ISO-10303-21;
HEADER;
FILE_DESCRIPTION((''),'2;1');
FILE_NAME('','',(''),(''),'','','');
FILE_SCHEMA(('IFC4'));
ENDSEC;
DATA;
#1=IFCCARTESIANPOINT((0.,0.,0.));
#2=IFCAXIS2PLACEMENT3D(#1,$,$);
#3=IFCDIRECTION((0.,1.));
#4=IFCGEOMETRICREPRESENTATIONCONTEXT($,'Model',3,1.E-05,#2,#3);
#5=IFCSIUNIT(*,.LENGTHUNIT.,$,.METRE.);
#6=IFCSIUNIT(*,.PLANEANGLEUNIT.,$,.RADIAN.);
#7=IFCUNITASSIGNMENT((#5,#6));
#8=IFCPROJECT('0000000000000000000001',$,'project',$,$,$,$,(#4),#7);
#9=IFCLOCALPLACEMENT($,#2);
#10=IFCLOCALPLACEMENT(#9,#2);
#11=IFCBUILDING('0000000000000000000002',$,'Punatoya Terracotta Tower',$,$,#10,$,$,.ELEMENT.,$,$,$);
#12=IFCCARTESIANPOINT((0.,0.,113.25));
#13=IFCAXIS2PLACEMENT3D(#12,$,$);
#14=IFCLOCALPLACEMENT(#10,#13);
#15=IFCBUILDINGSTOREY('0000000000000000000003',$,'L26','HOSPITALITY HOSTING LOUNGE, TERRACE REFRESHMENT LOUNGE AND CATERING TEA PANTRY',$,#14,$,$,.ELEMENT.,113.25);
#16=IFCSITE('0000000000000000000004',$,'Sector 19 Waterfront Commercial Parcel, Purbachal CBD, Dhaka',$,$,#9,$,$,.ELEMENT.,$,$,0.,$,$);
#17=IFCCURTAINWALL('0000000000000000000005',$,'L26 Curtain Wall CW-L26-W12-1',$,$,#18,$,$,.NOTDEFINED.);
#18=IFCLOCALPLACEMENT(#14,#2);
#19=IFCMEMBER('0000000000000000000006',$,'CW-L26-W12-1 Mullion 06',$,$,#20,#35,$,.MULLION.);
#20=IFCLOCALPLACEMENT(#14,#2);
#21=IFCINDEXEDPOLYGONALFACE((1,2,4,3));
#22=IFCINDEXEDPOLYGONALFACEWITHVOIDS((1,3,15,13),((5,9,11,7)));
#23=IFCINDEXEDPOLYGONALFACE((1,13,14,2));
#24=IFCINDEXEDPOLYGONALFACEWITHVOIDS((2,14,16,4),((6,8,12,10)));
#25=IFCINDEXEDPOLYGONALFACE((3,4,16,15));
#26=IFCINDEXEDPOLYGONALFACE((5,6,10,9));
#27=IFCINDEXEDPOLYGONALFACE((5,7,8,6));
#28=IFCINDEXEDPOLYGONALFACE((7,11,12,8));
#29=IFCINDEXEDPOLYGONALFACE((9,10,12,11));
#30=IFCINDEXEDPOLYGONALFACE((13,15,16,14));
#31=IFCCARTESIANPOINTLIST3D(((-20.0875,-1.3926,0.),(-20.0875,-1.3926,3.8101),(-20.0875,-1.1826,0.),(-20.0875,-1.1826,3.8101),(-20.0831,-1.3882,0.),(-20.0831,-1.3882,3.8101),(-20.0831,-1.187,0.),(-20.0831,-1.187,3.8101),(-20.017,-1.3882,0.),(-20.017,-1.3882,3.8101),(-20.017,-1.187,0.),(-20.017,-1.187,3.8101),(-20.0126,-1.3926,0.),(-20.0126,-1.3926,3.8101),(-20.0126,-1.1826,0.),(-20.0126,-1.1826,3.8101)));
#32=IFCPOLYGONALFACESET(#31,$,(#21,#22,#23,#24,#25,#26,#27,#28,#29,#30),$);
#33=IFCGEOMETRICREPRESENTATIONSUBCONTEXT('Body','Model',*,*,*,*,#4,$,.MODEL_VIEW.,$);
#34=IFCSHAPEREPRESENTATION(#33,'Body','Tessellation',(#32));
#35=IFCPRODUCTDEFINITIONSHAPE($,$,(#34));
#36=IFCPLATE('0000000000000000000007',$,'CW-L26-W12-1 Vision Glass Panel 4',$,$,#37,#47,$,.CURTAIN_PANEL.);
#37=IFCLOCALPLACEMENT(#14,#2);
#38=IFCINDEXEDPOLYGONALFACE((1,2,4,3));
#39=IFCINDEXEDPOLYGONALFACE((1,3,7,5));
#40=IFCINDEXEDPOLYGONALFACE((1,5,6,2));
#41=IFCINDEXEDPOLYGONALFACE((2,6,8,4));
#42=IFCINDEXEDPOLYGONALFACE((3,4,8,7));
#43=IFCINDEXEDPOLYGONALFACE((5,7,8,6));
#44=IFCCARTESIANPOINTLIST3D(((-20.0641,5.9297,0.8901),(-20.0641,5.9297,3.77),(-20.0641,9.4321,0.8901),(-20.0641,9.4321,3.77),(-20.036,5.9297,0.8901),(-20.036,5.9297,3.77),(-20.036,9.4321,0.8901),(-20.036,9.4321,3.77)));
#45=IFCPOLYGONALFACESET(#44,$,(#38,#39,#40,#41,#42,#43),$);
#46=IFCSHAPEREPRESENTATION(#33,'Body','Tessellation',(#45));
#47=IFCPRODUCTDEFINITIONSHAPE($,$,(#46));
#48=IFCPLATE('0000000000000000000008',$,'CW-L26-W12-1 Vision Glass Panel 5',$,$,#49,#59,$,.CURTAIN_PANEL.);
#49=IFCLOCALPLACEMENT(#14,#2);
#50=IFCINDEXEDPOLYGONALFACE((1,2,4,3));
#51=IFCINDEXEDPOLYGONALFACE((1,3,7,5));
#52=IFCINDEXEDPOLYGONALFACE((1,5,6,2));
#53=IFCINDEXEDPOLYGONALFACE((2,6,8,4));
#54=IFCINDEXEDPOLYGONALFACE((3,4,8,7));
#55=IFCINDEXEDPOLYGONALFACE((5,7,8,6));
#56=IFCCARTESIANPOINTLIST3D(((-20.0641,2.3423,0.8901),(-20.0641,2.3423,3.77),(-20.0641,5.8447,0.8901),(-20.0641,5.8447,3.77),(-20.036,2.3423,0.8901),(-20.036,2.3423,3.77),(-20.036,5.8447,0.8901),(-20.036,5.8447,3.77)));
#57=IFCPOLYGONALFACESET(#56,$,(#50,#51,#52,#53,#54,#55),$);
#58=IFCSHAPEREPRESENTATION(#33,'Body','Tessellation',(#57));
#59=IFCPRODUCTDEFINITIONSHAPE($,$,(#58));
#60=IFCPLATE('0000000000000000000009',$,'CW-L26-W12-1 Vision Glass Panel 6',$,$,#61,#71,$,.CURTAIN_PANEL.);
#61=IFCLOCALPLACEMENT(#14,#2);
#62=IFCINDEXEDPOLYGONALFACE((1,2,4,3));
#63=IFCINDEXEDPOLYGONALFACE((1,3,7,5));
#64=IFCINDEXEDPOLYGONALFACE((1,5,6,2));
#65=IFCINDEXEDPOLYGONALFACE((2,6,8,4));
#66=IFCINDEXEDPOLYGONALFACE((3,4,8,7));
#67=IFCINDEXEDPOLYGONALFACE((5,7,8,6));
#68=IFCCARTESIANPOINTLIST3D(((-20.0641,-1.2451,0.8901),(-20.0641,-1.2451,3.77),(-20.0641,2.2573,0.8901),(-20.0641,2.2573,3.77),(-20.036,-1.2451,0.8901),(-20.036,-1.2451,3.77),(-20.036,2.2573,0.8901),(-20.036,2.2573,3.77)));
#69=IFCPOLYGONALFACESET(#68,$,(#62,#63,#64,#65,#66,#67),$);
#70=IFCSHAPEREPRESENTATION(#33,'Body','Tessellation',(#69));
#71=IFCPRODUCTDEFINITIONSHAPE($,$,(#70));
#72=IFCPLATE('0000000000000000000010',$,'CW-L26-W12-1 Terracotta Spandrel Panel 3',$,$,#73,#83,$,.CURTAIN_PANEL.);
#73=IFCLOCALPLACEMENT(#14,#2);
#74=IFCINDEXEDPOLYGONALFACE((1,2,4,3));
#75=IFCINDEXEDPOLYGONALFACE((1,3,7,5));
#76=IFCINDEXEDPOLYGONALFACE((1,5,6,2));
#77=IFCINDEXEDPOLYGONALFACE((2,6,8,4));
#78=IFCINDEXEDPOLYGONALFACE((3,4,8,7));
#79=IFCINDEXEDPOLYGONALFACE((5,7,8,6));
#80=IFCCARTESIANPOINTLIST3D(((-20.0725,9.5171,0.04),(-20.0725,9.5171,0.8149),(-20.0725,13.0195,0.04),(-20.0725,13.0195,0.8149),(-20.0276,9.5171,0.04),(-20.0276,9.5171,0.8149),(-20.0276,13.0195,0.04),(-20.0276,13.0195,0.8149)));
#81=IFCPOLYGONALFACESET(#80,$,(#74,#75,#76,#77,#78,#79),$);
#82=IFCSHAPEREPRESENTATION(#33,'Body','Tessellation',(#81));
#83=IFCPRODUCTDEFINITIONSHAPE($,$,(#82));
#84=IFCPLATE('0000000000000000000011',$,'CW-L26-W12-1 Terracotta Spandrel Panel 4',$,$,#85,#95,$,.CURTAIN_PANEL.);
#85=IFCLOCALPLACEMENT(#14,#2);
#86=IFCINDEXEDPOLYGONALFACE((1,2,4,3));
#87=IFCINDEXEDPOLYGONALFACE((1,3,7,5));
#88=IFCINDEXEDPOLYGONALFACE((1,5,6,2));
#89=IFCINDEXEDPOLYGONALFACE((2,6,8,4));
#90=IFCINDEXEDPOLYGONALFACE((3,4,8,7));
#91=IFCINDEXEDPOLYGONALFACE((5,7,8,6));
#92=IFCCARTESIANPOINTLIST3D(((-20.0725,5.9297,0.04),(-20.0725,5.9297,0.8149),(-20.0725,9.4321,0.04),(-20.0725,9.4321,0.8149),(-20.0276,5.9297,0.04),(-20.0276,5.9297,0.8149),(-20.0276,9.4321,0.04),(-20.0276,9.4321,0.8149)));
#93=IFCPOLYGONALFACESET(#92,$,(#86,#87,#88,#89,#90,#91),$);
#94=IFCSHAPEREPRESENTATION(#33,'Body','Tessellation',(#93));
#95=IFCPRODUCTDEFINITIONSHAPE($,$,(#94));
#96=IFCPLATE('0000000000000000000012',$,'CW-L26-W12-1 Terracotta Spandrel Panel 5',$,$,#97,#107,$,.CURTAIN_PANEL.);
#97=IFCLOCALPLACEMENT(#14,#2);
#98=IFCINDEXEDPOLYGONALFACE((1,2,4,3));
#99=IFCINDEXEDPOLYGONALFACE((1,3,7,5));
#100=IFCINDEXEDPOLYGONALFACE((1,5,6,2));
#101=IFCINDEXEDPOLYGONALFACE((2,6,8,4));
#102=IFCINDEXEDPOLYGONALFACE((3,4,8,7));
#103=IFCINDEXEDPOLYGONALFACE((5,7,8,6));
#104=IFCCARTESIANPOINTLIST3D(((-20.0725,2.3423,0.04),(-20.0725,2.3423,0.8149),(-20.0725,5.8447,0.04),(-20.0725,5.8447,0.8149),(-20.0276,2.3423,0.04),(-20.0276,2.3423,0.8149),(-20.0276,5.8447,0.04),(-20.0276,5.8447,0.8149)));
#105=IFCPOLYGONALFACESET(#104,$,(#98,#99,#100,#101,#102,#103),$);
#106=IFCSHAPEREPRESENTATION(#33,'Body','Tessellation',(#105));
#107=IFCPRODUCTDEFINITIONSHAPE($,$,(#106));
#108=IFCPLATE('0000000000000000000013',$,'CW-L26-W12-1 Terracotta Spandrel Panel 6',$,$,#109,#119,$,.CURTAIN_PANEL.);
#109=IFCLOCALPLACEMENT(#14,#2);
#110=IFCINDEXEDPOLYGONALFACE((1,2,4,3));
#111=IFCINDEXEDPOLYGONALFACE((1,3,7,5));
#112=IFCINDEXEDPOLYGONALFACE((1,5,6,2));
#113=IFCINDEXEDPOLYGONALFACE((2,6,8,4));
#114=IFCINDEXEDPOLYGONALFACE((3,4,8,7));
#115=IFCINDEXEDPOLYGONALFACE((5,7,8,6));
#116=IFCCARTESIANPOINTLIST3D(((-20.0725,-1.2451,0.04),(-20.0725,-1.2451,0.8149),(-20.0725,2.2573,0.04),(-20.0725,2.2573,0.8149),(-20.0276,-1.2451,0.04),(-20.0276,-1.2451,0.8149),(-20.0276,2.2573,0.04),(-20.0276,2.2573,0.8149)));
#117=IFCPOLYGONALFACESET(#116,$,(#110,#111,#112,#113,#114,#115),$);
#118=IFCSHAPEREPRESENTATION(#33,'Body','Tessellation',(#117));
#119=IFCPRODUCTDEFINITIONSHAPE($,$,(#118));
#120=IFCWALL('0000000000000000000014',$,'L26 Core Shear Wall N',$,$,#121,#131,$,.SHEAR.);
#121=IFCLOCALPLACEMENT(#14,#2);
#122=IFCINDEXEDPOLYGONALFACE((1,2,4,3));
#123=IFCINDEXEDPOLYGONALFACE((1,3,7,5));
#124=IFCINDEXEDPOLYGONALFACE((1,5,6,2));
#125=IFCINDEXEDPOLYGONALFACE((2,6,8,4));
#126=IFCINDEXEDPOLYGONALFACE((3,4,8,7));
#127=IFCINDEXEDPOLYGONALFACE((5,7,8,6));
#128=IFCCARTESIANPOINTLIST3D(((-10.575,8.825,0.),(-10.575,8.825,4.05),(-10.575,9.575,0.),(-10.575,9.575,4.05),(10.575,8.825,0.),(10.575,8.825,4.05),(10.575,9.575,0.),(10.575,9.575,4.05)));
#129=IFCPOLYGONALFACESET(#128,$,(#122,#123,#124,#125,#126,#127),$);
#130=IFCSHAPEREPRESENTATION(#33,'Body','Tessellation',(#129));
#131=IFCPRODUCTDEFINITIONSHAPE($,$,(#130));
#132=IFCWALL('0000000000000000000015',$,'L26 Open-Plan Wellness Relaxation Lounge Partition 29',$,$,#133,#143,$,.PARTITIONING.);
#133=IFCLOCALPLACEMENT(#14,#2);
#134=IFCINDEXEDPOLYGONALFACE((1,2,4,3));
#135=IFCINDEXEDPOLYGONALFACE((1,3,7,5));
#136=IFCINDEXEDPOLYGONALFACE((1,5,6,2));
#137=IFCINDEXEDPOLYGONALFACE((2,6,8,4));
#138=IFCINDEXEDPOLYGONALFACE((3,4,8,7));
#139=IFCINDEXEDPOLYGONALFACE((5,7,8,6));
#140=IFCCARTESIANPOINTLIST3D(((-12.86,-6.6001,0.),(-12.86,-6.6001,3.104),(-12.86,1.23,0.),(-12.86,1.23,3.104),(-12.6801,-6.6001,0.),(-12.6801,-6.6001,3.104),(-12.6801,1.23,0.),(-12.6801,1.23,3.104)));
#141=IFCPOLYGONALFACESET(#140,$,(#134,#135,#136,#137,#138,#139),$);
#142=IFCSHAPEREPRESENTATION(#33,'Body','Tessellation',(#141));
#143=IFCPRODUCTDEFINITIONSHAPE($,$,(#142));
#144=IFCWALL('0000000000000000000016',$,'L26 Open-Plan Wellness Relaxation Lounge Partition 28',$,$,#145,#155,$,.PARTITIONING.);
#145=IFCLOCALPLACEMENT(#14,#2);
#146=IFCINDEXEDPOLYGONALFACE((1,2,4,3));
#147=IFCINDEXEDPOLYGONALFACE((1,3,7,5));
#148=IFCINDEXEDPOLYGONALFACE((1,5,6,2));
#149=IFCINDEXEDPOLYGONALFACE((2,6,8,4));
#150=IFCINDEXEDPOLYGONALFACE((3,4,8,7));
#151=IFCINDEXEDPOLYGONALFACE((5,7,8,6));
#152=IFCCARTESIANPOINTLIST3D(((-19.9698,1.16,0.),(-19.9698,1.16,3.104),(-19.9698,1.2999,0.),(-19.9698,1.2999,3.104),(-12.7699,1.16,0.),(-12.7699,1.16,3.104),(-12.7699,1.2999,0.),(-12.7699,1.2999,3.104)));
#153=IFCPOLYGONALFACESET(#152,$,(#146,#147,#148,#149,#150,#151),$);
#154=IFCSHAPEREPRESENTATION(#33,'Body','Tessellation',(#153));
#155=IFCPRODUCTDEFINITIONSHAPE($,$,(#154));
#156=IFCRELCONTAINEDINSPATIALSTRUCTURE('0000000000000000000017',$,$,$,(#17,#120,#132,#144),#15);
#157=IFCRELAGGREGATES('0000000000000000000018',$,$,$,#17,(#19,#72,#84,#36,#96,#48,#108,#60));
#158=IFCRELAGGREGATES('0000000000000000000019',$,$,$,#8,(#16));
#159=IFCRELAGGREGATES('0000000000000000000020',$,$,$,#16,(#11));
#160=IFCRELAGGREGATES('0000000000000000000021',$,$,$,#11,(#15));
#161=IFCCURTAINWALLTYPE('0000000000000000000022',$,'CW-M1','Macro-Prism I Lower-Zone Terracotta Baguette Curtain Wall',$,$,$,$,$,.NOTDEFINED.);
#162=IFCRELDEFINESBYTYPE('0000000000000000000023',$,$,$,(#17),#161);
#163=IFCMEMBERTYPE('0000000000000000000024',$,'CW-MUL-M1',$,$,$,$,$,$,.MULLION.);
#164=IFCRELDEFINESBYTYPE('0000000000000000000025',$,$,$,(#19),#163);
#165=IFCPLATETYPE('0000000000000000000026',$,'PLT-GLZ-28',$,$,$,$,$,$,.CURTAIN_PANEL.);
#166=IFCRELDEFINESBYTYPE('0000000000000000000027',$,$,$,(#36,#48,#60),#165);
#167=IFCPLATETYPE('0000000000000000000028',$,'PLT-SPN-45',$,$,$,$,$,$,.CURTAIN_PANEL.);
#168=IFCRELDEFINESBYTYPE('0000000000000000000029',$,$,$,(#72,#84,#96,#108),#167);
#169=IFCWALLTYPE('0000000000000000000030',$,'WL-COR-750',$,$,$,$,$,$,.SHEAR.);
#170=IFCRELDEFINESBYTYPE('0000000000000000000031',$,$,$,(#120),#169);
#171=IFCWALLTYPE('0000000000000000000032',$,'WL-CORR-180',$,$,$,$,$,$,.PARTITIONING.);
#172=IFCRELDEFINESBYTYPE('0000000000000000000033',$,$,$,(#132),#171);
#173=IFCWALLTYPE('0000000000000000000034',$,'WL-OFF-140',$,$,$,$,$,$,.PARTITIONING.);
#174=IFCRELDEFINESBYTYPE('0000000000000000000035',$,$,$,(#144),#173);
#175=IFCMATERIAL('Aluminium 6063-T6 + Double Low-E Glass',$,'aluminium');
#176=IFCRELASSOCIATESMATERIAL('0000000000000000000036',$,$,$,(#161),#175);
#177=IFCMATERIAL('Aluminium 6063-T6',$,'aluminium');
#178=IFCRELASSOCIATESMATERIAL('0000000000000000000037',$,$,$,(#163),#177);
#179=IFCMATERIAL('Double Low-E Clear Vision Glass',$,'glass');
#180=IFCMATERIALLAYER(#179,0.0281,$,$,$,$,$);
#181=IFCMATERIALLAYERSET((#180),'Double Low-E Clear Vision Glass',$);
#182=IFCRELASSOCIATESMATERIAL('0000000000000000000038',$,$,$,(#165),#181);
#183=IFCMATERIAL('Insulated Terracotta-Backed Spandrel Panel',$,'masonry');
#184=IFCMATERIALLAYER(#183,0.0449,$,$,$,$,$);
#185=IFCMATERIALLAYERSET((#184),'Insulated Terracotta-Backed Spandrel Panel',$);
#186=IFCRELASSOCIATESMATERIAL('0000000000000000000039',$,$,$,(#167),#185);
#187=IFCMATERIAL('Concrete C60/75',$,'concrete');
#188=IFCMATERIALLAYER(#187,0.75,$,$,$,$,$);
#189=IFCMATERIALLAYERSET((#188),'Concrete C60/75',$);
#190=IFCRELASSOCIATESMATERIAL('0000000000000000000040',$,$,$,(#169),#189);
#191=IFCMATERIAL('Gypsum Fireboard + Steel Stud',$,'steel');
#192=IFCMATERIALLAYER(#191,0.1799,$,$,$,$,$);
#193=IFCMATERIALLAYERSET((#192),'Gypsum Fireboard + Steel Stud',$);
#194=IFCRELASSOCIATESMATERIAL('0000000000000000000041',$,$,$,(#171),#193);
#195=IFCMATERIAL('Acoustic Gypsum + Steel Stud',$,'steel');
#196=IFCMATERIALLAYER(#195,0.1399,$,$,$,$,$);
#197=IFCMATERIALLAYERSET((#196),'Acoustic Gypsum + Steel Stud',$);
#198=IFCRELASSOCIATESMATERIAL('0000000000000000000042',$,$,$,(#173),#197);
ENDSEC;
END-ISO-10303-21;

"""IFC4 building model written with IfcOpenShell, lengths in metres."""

from ifc_helpers import new_model, si_unit, direction, frame, frame_2d, origin, origin_2d, place, context, subcontext, project, spatial, rectangle, hollow_rectangle, extrude, material, layer, layer_set, material_profile, profile_set, type_object, element, aggregate, save


model = new_model("IFC4")

# Units and contexts
model_context = context("Model", 3, precision=1e-05, world=origin(), true_north=direction((0.0, 1.0)))
body_context = subcontext(model_context, "Body", "Model", "MODEL_VIEW")
ifc_project = project(units=[si_unit("LENGTHUNIT", "METRE"), si_unit("PLANEANGLEUNIT", "RADIAN")], contexts=[model_context])

# Site, building, storey
site_placement = place(None, origin())
site = spatial("IfcSite", under=ifc_project, at=site_placement, Name="Sector 19 Waterfront Commercial Parcel, Purbachal CBD, Dhaka", CompositionType="ELEMENT", RefElevation=0.0)
building_placement = place(site_placement, origin())
building = spatial("IfcBuilding", under=site, at=building_placement, Name="Punatoya Terracotta Tower", CompositionType="ELEMENT")
storey_placement = place(building_placement, frame((0.0, 0.0, 113.25)))
storey = spatial("IfcBuildingStorey", under=building, at=storey_placement, Name="L26", Description="HOSPITALITY HOSTING LOUNGE, TERRACE REFRESHMENT LOUNGE AND CATERING TEA PANTRY", CompositionType="ELEMENT", Elevation=113.25)

# Curtain wall, member, plates
ifc_material_1 = material(Name="Aluminium 6063-T6 + Double Low-E Glass", Category="aluminium")
curtain_wall_type = type_object("IfcCurtainWallType", Name="CW-M1", Description="Macro-Prism I Lower-Zone Terracotta Baguette Curtain Wall", PredefinedType="NOTDEFINED", material=ifc_material_1)
curtain_wall_placement = place(storey_placement, origin())
curtain_wall = element("IfcCurtainWall", 1, at=curtain_wall_placement, inside=storey, type_object=curtain_wall_type, Name="L26 Curtain Wall CW-L26-W12-1", PredefinedType="NOTDEFINED")
ifc_material_2 = material(Name="Aluminium 6063-T6", Category="aluminium")
ifc_material_profile_1 = material_profile(ifc_material_2, hollow_rectangle(XDim=0.075, YDim=0.21, WallThickness=0.0044, at=origin_2d()))
ifc_profile_set_1 = profile_set([ifc_material_profile_1], Name="Aluminium 6063-T6")
member_type = type_object("IfcMemberType", Name="CW-MUL-M1", PredefinedType="MULLION", material=ifc_profile_set_1)
member_1_placement = place(storey_placement, frame((-20.05, -1.2876, 0.0), z_axis=(0.0, 0.0, 1.0), x_axis=(1.0, 0.0, 0.0)))
member_1 = element("IfcMember", 2, at=member_1_placement, type_object=member_type, Name="CW-L26-W12-1 Mullion 06", PredefinedType="MULLION", context=body_context, shape_type="SweptSolid", body=[
    extrude(hollow_rectangle(XDim=0.075, YDim=0.21, WallThickness=0.0044, at=origin_2d()), origin(), (0.0, 0.0, 1.0), 3.8101),
])
ifc_material_3 = material(Name="Double Low-E Clear Vision Glass", Category="glass")
ifc_layer_1 = layer(ifc_material_3, 0.0281)
ifc_layer_set_1 = layer_set([ifc_layer_1], Name="Double Low-E Clear Vision Glass")
plate_type_1 = type_object("IfcPlateType", Name="PLT-GLZ-28", PredefinedType="CURTAIN_PANEL", material=ifc_layer_set_1)
plate_1_placement = place(storey_placement, frame((-20.05, 7.6809, 0.8901), z_axis=(0.0, 0.0, 1.0), x_axis=(0.0, -1.0, 0.0)))
plate_1 = element("IfcPlate", 3, at=plate_1_placement, type_object=plate_type_1, Name="CW-L26-W12-1 Vision Glass Panel 4", PredefinedType="CURTAIN_PANEL", context=body_context, shape_type="SweptSolid", body=[
    extrude(rectangle(XDim=3.5024, YDim=0.0281, at=origin_2d()), origin(), (0.0, 0.0, 1.0), 2.8799),
])
plate_2_placement = place(storey_placement, frame((-20.05, 4.0935, 0.8901), z_axis=(0.0, 0.0, 1.0), x_axis=(0.0, -1.0, 0.0)))
plate_2 = element("IfcPlate", 4, at=plate_2_placement, type_object=plate_type_1, Name="CW-L26-W12-1 Vision Glass Panel 5", PredefinedType="CURTAIN_PANEL", context=body_context, shape_type="SweptSolid", body=[
    extrude(rectangle(XDim=3.5024, YDim=0.0281, at=origin_2d()), origin(), (0.0, 0.0, 1.0), 2.8799),
])
plate_3_placement = place(storey_placement, frame((-20.05, 0.5061, 0.8901), z_axis=(0.0, 0.0, 1.0), x_axis=(0.0, -1.0, 0.0)))
plate_3 = element("IfcPlate", 5, at=plate_3_placement, type_object=plate_type_1, Name="CW-L26-W12-1 Vision Glass Panel 6", PredefinedType="CURTAIN_PANEL", context=body_context, shape_type="SweptSolid", body=[
    extrude(rectangle(XDim=3.5024, YDim=0.0281, at=origin_2d()), origin(), (0.0, 0.0, 1.0), 2.8799),
])
ifc_material_4 = material(Name="Insulated Terracotta-Backed Spandrel Panel", Category="masonry")
ifc_layer_2 = layer(ifc_material_4, 0.0449)
ifc_layer_set_2 = layer_set([ifc_layer_2], Name="Insulated Terracotta-Backed Spandrel Panel")
plate_type_2 = type_object("IfcPlateType", Name="PLT-SPN-45", PredefinedType="CURTAIN_PANEL", material=ifc_layer_set_2)
plate_4_placement = place(storey_placement, frame((-20.05, 11.2683, 0.04), z_axis=(0.0, 0.0, 1.0), x_axis=(0.0, -1.0, 0.0)))
plate_4 = element("IfcPlate", 6, at=plate_4_placement, type_object=plate_type_2, Name="CW-L26-W12-1 Terracotta Spandrel Panel 3", PredefinedType="CURTAIN_PANEL", context=body_context, shape_type="SweptSolid", body=[
    extrude(rectangle(XDim=3.5024, YDim=0.0449, at=origin_2d()), origin(), (0.0, 0.0, 1.0), 0.7749),
])
plate_5_placement = place(storey_placement, frame((-20.05, 7.6809, 0.04), z_axis=(0.0, 0.0, 1.0), x_axis=(0.0, -1.0, 0.0)))
plate_5 = element("IfcPlate", 7, at=plate_5_placement, type_object=plate_type_2, Name="CW-L26-W12-1 Terracotta Spandrel Panel 4", PredefinedType="CURTAIN_PANEL", context=body_context, shape_type="SweptSolid", body=[
    extrude(rectangle(XDim=3.5024, YDim=0.0449, at=origin_2d()), origin(), (0.0, 0.0, 1.0), 0.7749),
])
plate_6_placement = place(storey_placement, frame((-20.05, 4.0935, 0.04), z_axis=(0.0, 0.0, 1.0), x_axis=(0.0, -1.0, 0.0)))
plate_6 = element("IfcPlate", 8, at=plate_6_placement, type_object=plate_type_2, Name="CW-L26-W12-1 Terracotta Spandrel Panel 5", PredefinedType="CURTAIN_PANEL", context=body_context, shape_type="SweptSolid", body=[
    extrude(rectangle(XDim=3.5024, YDim=0.0449, at=origin_2d()), origin(), (0.0, 0.0, 1.0), 0.7749),
])
plate_7_placement = place(storey_placement, frame((-20.05, 0.5061, 0.04), z_axis=(0.0, 0.0, 1.0), x_axis=(0.0, -1.0, 0.0)))
plate_7 = element("IfcPlate", 9, at=plate_7_placement, type_object=plate_type_2, Name="CW-L26-W12-1 Terracotta Spandrel Panel 6", PredefinedType="CURTAIN_PANEL", context=body_context, shape_type="SweptSolid", body=[
    extrude(rectangle(XDim=3.5024, YDim=0.0449, at=origin_2d()), origin(), (0.0, 0.0, 1.0), 0.7749),
])
aggregate(curtain_wall, [member_1, plate_4, plate_5, plate_1, plate_6, plate_2, plate_7, plate_3])

# Walls
ifc_material_5 = material(Name="Concrete C60/75", Category="concrete")
ifc_layer_3 = layer(ifc_material_5, 0.75)
ifc_layer_set_3 = layer_set([ifc_layer_3], Name="Concrete C60/75")
wall_type_1 = type_object("IfcWallType", Name="WL-COR-750", PredefinedType="SHEAR", material=ifc_layer_set_3)
wall_1_placement = place(storey_placement, frame((-10.575, 9.2, 0.0), z_axis=(0.0, 0.0, 1.0), x_axis=(1.0, 0.0, 0.0)))
element("IfcWall", 10, at=wall_1_placement, inside=storey, type_object=wall_type_1, Name="L26 Core Shear Wall N", PredefinedType="SHEAR", context=body_context, shape_type="SweptSolid", body=[
    extrude(rectangle(XDim=21.1499, YDim=0.75, at=frame_2d((10.575, 0.0))), origin(), (0.0, 0.0, 1.0), 4.05),
])
ifc_material_6 = material(Name="Gypsum Fireboard + Steel Stud", Category="steel")
ifc_layer_4 = layer(ifc_material_6, 0.1799)
ifc_layer_set_4 = layer_set([ifc_layer_4], Name="Gypsum Fireboard + Steel Stud")
wall_type_2 = type_object("IfcWallType", Name="WL-CORR-180", PredefinedType="PARTITIONING", material=ifc_layer_set_4)
wall_2_placement = place(storey_placement, frame((-12.77, 1.23, 0.0), z_axis=(0.0, 0.0, 1.0), x_axis=(0.0, -1.0, 0.0)))
element("IfcWall", 11, at=wall_2_placement, inside=storey, type_object=wall_type_2, Name="L26 Open-Plan Wellness Relaxation Lounge Partition 29", PredefinedType="PARTITIONING", context=body_context, shape_type="SweptSolid", body=[
    extrude(rectangle(XDim=7.8301, YDim=0.1799, at=frame_2d((3.915, 0.0))), origin(), (0.0, 0.0, 1.0), 3.104),
])
ifc_material_7 = material(Name="Acoustic Gypsum + Steel Stud", Category="steel")
ifc_layer_5 = layer(ifc_material_7, 0.1399)
ifc_layer_set_5 = layer_set([ifc_layer_5], Name="Acoustic Gypsum + Steel Stud")
wall_type_3 = type_object("IfcWallType", Name="WL-OFF-140", PredefinedType="PARTITIONING", material=ifc_layer_set_5)
wall_3_placement = place(storey_placement, frame((-19.97, 1.23, 0.0), z_axis=(0.0, 0.0, 1.0), x_axis=(1.0, 0.0, 0.0)))
element("IfcWall", 12, at=wall_3_placement, inside=storey, type_object=wall_type_3, Name="L26 Open-Plan Wellness Relaxation Lounge Partition 28", PredefinedType="PARTITIONING", context=body_context, shape_type="SweptSolid", body=[
    extrude(rectangle(XDim=7.2, YDim=0.1399, at=frame_2d((3.6001, 0.0))), origin(), (0.0, 0.0, 1.0), 3.104),
])

save(model, "model.ifc")
